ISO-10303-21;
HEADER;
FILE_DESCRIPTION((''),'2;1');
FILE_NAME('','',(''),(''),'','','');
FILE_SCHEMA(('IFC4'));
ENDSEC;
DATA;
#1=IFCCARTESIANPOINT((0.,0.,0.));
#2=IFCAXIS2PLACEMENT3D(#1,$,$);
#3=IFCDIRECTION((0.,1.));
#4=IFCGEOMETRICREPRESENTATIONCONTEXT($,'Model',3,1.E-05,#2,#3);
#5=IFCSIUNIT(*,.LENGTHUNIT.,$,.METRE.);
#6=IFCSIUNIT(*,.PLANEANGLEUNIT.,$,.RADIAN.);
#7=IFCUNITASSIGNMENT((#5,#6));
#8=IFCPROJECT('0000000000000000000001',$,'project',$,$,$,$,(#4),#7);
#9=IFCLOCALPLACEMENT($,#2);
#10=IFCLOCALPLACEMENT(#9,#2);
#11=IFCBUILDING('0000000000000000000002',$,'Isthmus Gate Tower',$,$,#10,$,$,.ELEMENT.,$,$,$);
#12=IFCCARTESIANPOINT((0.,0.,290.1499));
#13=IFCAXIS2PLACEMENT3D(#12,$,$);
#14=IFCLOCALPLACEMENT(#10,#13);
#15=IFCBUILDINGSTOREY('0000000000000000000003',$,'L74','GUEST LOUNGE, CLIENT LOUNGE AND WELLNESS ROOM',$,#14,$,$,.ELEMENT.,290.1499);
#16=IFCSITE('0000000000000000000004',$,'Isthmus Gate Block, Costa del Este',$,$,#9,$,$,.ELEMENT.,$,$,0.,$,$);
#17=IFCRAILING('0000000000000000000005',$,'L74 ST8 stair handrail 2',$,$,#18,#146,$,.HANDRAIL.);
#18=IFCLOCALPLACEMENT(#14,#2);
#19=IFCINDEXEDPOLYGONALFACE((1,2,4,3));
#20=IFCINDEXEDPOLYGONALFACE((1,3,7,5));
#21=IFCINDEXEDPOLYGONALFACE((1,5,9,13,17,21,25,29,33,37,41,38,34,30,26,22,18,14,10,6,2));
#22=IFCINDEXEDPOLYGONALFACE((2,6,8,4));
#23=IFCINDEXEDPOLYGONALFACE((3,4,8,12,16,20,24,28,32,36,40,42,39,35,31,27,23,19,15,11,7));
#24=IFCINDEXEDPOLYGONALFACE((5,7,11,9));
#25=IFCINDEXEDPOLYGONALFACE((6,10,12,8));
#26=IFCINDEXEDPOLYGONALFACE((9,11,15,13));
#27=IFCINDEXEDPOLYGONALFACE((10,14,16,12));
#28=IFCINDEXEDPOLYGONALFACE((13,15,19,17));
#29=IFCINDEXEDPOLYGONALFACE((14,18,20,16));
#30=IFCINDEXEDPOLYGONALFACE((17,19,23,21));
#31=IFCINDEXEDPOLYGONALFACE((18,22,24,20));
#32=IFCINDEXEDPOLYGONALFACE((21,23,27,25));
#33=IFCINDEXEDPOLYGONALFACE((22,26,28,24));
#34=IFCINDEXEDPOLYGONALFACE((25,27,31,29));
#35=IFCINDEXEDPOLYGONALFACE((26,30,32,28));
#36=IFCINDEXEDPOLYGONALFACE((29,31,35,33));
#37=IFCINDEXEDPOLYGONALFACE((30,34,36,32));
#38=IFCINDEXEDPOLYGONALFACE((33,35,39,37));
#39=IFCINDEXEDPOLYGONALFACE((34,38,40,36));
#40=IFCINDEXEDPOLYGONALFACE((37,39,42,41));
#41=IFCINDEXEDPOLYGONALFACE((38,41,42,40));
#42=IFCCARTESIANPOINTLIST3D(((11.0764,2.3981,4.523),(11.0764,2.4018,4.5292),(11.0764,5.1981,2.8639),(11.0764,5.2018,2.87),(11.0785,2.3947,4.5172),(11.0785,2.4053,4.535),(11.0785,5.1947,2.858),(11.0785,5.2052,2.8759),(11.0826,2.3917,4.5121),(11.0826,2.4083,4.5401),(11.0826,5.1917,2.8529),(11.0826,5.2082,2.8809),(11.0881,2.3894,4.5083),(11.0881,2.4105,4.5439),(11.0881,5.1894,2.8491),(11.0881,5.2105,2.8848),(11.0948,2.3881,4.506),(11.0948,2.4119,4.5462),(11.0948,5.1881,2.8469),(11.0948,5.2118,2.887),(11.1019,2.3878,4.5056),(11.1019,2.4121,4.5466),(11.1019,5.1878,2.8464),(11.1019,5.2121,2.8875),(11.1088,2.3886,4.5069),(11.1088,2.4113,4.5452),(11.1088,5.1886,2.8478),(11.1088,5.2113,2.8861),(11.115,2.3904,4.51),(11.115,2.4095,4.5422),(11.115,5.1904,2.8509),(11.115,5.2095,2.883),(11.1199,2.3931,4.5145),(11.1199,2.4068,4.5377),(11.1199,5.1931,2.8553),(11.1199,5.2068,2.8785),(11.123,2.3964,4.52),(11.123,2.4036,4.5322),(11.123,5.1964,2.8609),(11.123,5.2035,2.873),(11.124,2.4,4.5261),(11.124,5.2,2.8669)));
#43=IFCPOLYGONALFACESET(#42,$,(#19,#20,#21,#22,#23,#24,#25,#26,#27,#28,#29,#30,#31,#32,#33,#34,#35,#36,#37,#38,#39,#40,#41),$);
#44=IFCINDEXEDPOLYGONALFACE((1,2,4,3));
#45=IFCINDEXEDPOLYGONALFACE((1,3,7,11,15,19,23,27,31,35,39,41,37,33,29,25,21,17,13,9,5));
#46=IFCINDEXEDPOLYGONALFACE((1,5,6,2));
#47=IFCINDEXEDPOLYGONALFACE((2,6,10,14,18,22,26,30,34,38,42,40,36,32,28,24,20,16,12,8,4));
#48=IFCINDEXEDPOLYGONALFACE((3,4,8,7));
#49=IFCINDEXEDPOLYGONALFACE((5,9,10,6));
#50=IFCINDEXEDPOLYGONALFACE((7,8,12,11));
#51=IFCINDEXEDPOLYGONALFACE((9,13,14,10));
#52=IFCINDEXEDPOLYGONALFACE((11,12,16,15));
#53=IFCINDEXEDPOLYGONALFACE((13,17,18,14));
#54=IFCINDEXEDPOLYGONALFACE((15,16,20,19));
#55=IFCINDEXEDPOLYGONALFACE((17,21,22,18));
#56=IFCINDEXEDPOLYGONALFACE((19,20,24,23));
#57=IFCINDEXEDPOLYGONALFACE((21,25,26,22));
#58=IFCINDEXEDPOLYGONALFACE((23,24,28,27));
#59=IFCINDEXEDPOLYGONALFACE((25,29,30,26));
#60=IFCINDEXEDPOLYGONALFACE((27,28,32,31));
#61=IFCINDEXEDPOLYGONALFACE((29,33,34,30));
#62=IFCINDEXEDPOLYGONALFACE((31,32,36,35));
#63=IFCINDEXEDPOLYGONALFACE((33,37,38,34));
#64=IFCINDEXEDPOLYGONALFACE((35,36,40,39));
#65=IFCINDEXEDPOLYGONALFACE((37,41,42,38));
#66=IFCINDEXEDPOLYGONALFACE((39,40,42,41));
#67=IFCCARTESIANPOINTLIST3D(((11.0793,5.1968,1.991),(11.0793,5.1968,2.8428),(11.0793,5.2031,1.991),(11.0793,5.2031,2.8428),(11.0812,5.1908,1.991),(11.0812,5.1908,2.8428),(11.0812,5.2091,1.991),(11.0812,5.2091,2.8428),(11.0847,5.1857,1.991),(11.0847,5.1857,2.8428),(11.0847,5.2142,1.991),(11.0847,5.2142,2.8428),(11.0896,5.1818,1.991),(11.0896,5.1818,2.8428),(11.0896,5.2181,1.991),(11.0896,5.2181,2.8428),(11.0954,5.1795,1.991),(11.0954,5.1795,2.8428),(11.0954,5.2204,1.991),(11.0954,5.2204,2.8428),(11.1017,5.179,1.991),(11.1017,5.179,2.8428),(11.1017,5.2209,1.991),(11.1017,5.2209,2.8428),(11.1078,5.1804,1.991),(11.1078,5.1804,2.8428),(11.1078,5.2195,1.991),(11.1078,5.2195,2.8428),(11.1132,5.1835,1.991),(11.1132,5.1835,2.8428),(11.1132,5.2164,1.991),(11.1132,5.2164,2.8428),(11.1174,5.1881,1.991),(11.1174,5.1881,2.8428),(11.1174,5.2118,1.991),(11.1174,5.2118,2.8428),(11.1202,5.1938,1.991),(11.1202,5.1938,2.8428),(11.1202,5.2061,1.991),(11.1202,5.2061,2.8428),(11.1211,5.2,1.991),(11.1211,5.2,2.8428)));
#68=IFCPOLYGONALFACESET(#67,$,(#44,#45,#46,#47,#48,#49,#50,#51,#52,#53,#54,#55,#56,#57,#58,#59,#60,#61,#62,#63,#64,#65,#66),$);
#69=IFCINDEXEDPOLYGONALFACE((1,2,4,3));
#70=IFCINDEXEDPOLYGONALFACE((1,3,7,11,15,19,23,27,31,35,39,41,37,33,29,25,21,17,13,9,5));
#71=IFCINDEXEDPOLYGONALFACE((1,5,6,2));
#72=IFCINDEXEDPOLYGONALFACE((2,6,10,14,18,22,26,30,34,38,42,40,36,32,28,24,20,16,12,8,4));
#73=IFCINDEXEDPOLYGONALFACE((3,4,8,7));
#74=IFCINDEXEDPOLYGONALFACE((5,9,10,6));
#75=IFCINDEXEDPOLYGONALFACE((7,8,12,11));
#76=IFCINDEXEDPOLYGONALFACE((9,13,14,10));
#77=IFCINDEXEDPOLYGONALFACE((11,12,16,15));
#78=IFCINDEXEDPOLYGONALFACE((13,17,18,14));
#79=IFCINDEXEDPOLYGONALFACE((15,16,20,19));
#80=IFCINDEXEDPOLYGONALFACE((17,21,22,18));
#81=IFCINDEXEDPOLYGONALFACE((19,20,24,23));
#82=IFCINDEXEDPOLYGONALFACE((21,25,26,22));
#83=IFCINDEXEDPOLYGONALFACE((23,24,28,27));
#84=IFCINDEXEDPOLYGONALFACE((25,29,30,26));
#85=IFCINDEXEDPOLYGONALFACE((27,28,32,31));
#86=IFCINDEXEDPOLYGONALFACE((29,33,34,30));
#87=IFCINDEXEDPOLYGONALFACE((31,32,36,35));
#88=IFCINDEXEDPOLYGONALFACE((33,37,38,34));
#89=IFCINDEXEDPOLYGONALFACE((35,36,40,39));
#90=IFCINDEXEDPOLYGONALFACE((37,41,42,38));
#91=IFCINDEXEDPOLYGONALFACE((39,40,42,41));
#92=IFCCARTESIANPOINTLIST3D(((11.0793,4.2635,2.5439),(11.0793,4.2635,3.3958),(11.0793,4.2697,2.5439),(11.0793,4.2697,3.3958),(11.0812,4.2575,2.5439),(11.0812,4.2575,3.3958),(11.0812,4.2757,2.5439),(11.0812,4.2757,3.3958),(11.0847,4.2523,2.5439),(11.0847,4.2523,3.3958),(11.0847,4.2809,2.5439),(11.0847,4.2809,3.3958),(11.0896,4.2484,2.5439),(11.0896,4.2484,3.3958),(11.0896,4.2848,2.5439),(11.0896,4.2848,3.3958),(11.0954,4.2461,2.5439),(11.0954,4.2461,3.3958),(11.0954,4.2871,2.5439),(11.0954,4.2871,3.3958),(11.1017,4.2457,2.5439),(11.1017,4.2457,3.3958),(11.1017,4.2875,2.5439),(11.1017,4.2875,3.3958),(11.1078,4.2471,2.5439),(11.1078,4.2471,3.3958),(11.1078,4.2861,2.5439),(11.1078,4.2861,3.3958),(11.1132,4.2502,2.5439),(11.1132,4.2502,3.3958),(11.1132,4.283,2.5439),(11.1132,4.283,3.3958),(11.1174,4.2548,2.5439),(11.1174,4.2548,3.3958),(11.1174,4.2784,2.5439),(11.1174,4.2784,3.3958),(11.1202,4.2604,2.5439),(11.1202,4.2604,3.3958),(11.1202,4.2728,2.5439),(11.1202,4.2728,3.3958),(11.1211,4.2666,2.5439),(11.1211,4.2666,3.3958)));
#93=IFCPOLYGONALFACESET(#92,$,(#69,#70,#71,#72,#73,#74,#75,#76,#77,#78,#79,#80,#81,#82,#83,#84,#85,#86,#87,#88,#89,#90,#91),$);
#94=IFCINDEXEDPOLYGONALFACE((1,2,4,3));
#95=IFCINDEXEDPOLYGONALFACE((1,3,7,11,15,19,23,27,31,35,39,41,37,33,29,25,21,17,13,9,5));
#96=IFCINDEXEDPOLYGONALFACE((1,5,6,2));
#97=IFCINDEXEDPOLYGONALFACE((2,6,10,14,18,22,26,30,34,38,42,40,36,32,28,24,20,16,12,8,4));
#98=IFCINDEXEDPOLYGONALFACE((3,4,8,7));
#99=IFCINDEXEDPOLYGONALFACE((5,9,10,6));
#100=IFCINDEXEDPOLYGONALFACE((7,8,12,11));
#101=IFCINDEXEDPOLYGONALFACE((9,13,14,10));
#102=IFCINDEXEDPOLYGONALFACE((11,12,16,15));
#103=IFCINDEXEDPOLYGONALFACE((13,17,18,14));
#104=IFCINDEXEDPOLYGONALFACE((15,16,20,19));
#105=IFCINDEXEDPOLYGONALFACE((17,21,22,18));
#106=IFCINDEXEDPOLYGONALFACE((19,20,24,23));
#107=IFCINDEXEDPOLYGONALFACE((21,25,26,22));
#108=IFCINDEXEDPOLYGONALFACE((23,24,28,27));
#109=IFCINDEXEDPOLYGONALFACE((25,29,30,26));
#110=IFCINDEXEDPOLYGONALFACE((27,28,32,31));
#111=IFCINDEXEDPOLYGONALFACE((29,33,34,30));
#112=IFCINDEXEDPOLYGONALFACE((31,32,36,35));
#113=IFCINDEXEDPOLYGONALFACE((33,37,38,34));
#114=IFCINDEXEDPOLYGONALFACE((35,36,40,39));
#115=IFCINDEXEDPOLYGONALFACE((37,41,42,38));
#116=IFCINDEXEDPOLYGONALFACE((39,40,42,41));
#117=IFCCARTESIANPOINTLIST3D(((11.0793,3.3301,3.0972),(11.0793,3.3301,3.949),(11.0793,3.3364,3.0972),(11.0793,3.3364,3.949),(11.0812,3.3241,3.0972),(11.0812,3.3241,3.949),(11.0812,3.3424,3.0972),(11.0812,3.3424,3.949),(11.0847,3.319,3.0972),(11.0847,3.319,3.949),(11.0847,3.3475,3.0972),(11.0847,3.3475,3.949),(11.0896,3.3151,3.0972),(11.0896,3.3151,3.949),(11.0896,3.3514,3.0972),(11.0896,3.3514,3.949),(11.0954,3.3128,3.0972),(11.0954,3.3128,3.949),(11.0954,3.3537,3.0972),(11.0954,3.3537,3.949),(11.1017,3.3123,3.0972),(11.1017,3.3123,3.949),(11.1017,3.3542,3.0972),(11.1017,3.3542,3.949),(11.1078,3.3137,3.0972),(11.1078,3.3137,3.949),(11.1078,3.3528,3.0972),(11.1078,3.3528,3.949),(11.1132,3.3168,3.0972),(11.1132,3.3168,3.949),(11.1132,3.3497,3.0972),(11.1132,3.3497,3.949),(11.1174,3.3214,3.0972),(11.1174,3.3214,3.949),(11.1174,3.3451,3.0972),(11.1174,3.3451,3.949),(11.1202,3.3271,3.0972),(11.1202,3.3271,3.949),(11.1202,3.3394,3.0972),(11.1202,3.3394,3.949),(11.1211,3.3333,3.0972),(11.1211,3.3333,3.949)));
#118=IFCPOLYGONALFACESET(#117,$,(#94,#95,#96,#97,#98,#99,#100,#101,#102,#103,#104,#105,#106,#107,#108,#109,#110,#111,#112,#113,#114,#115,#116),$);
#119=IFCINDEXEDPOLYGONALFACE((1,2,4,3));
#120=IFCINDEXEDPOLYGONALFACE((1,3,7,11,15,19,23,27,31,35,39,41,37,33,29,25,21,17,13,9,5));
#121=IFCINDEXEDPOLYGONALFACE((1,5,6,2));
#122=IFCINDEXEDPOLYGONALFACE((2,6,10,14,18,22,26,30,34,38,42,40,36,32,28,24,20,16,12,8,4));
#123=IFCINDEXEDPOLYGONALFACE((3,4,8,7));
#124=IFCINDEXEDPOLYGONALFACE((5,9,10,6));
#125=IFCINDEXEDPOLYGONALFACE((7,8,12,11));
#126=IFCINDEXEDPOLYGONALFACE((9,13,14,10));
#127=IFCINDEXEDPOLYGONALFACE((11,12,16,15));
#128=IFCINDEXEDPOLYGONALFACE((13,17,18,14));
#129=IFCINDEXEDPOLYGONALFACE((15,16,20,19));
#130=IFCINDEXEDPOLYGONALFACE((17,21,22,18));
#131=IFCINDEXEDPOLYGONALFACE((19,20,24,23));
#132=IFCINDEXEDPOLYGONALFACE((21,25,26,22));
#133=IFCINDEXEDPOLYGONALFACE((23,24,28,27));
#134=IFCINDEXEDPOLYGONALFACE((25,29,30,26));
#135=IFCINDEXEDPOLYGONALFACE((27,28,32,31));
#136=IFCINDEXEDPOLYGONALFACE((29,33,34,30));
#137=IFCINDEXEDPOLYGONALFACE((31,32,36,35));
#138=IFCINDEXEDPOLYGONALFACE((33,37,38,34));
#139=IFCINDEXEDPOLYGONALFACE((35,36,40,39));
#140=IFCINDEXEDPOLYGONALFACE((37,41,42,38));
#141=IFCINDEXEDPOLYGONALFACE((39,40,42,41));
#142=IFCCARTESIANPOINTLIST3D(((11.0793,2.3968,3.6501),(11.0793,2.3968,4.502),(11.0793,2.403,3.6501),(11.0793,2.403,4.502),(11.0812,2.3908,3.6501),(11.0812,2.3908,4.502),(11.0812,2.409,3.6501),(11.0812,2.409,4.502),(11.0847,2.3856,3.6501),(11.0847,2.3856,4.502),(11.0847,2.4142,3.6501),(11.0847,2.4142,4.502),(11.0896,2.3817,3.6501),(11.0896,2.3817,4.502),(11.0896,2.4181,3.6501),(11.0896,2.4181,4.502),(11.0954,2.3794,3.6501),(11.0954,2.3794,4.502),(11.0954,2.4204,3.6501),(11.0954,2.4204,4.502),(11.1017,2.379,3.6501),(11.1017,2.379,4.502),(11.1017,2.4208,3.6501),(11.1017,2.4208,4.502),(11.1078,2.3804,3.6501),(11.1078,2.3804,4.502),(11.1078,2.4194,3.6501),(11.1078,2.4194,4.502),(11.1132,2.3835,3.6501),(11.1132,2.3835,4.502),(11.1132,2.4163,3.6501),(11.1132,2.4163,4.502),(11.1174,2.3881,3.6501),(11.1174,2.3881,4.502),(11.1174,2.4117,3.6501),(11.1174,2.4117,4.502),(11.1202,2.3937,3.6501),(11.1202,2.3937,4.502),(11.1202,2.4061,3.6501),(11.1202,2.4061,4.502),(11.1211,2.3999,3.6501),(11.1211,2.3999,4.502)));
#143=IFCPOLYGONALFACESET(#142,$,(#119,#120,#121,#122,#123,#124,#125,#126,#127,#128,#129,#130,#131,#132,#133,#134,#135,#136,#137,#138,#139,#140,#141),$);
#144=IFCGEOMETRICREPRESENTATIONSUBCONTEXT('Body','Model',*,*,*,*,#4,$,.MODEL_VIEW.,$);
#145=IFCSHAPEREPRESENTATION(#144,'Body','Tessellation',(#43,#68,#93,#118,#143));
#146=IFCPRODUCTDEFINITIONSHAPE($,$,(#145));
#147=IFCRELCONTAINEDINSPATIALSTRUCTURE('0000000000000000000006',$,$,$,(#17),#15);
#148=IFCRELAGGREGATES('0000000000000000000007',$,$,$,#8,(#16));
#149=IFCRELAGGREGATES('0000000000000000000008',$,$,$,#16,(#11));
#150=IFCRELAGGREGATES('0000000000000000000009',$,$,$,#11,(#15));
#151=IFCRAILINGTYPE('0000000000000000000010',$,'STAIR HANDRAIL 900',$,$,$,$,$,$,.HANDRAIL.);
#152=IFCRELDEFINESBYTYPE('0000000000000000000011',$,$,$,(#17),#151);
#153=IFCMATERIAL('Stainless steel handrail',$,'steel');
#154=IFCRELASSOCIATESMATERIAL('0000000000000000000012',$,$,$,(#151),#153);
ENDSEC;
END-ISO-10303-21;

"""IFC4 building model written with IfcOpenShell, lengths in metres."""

from ifc_helpers import new_model, si_unit, direction, frame, origin, origin_2d, place, context, subcontext, project, spatial, circle, extrude, material, type_object, element, save


model = new_model("IFC4")

# Units and contexts
model_context = context("Model", 3, precision=1e-05, world=origin(), true_north=direction((0.0, 1.0)))
body_context = subcontext(model_context, "Body", "Model", "MODEL_VIEW")
ifc_project = project(units=[si_unit("LENGTHUNIT", "METRE"), si_unit("PLANEANGLEUNIT", "RADIAN")], contexts=[model_context])

# Site, building, storey
site_placement = place(None, origin())
site = spatial("IfcSite", under=ifc_project, at=site_placement, Name="Isthmus Gate Block, Costa del Este", CompositionType="ELEMENT", RefElevation=0.0)
building_placement = place(site_placement, origin())
building = spatial("IfcBuilding", under=site, at=building_placement, Name="Isthmus Gate Tower", CompositionType="ELEMENT")
storey_placement = place(building_placement, frame((0.0, 0.0, 290.1499)))
storey = spatial("IfcBuildingStorey", under=building, at=storey_placement, Name="L74", Description="GUEST LOUNGE, CLIENT LOUNGE AND WELLNESS ROOM", CompositionType="ELEMENT", Elevation=290.1499)

# Railing
ifc_material_1 = material(Name="Stainless steel handrail", Category="steel")
railing_type_1 = type_object("IfcRailingType", Name="STAIR HANDRAIL 900", PredefinedType="HANDRAIL", material=ifc_material_1)
for number, where, name in (
    (1, (11.1001, 5.2, 1.991), "L74 ST8 stair handrail 2"),
):
    element("IfcRailing", number, at=place(storey_placement, frame(where)), inside=storey, type_object=railing_type_1, Name=name, PredefinedType="HANDRAIL", context=body_context, shape_type="SweptSolid", body=[
        extrude(circle(Radius=0.0239, at=origin_2d()), frame((0.0, 0.0, 0.876), z_axis=(0.0, -0.860306, 0.509778), x_axis=(1.0, 0.0, 0.0)), (0.0, 0.0, 1.0), 3.2546),
        extrude(circle(Radius=0.021, at=origin_2d()), origin(), (0.0, 0.0, 1.0), 0.8518),
        extrude(circle(Radius=0.021, at=origin_2d()), frame((0.0, -0.9333, 0.553)), (0.0, 0.0, 1.0), 0.8518),
        extrude(circle(Radius=0.021, at=origin_2d()), frame((0.0, -1.8667, 1.1062)), (0.0, 0.0, 1.0), 0.8518),
        extrude(circle(Radius=0.021, at=origin_2d()), frame((0.0, -2.8, 1.6592)), (0.0, 0.0, 1.0), 0.8518),
    ])

save(model, "model.ifc")
